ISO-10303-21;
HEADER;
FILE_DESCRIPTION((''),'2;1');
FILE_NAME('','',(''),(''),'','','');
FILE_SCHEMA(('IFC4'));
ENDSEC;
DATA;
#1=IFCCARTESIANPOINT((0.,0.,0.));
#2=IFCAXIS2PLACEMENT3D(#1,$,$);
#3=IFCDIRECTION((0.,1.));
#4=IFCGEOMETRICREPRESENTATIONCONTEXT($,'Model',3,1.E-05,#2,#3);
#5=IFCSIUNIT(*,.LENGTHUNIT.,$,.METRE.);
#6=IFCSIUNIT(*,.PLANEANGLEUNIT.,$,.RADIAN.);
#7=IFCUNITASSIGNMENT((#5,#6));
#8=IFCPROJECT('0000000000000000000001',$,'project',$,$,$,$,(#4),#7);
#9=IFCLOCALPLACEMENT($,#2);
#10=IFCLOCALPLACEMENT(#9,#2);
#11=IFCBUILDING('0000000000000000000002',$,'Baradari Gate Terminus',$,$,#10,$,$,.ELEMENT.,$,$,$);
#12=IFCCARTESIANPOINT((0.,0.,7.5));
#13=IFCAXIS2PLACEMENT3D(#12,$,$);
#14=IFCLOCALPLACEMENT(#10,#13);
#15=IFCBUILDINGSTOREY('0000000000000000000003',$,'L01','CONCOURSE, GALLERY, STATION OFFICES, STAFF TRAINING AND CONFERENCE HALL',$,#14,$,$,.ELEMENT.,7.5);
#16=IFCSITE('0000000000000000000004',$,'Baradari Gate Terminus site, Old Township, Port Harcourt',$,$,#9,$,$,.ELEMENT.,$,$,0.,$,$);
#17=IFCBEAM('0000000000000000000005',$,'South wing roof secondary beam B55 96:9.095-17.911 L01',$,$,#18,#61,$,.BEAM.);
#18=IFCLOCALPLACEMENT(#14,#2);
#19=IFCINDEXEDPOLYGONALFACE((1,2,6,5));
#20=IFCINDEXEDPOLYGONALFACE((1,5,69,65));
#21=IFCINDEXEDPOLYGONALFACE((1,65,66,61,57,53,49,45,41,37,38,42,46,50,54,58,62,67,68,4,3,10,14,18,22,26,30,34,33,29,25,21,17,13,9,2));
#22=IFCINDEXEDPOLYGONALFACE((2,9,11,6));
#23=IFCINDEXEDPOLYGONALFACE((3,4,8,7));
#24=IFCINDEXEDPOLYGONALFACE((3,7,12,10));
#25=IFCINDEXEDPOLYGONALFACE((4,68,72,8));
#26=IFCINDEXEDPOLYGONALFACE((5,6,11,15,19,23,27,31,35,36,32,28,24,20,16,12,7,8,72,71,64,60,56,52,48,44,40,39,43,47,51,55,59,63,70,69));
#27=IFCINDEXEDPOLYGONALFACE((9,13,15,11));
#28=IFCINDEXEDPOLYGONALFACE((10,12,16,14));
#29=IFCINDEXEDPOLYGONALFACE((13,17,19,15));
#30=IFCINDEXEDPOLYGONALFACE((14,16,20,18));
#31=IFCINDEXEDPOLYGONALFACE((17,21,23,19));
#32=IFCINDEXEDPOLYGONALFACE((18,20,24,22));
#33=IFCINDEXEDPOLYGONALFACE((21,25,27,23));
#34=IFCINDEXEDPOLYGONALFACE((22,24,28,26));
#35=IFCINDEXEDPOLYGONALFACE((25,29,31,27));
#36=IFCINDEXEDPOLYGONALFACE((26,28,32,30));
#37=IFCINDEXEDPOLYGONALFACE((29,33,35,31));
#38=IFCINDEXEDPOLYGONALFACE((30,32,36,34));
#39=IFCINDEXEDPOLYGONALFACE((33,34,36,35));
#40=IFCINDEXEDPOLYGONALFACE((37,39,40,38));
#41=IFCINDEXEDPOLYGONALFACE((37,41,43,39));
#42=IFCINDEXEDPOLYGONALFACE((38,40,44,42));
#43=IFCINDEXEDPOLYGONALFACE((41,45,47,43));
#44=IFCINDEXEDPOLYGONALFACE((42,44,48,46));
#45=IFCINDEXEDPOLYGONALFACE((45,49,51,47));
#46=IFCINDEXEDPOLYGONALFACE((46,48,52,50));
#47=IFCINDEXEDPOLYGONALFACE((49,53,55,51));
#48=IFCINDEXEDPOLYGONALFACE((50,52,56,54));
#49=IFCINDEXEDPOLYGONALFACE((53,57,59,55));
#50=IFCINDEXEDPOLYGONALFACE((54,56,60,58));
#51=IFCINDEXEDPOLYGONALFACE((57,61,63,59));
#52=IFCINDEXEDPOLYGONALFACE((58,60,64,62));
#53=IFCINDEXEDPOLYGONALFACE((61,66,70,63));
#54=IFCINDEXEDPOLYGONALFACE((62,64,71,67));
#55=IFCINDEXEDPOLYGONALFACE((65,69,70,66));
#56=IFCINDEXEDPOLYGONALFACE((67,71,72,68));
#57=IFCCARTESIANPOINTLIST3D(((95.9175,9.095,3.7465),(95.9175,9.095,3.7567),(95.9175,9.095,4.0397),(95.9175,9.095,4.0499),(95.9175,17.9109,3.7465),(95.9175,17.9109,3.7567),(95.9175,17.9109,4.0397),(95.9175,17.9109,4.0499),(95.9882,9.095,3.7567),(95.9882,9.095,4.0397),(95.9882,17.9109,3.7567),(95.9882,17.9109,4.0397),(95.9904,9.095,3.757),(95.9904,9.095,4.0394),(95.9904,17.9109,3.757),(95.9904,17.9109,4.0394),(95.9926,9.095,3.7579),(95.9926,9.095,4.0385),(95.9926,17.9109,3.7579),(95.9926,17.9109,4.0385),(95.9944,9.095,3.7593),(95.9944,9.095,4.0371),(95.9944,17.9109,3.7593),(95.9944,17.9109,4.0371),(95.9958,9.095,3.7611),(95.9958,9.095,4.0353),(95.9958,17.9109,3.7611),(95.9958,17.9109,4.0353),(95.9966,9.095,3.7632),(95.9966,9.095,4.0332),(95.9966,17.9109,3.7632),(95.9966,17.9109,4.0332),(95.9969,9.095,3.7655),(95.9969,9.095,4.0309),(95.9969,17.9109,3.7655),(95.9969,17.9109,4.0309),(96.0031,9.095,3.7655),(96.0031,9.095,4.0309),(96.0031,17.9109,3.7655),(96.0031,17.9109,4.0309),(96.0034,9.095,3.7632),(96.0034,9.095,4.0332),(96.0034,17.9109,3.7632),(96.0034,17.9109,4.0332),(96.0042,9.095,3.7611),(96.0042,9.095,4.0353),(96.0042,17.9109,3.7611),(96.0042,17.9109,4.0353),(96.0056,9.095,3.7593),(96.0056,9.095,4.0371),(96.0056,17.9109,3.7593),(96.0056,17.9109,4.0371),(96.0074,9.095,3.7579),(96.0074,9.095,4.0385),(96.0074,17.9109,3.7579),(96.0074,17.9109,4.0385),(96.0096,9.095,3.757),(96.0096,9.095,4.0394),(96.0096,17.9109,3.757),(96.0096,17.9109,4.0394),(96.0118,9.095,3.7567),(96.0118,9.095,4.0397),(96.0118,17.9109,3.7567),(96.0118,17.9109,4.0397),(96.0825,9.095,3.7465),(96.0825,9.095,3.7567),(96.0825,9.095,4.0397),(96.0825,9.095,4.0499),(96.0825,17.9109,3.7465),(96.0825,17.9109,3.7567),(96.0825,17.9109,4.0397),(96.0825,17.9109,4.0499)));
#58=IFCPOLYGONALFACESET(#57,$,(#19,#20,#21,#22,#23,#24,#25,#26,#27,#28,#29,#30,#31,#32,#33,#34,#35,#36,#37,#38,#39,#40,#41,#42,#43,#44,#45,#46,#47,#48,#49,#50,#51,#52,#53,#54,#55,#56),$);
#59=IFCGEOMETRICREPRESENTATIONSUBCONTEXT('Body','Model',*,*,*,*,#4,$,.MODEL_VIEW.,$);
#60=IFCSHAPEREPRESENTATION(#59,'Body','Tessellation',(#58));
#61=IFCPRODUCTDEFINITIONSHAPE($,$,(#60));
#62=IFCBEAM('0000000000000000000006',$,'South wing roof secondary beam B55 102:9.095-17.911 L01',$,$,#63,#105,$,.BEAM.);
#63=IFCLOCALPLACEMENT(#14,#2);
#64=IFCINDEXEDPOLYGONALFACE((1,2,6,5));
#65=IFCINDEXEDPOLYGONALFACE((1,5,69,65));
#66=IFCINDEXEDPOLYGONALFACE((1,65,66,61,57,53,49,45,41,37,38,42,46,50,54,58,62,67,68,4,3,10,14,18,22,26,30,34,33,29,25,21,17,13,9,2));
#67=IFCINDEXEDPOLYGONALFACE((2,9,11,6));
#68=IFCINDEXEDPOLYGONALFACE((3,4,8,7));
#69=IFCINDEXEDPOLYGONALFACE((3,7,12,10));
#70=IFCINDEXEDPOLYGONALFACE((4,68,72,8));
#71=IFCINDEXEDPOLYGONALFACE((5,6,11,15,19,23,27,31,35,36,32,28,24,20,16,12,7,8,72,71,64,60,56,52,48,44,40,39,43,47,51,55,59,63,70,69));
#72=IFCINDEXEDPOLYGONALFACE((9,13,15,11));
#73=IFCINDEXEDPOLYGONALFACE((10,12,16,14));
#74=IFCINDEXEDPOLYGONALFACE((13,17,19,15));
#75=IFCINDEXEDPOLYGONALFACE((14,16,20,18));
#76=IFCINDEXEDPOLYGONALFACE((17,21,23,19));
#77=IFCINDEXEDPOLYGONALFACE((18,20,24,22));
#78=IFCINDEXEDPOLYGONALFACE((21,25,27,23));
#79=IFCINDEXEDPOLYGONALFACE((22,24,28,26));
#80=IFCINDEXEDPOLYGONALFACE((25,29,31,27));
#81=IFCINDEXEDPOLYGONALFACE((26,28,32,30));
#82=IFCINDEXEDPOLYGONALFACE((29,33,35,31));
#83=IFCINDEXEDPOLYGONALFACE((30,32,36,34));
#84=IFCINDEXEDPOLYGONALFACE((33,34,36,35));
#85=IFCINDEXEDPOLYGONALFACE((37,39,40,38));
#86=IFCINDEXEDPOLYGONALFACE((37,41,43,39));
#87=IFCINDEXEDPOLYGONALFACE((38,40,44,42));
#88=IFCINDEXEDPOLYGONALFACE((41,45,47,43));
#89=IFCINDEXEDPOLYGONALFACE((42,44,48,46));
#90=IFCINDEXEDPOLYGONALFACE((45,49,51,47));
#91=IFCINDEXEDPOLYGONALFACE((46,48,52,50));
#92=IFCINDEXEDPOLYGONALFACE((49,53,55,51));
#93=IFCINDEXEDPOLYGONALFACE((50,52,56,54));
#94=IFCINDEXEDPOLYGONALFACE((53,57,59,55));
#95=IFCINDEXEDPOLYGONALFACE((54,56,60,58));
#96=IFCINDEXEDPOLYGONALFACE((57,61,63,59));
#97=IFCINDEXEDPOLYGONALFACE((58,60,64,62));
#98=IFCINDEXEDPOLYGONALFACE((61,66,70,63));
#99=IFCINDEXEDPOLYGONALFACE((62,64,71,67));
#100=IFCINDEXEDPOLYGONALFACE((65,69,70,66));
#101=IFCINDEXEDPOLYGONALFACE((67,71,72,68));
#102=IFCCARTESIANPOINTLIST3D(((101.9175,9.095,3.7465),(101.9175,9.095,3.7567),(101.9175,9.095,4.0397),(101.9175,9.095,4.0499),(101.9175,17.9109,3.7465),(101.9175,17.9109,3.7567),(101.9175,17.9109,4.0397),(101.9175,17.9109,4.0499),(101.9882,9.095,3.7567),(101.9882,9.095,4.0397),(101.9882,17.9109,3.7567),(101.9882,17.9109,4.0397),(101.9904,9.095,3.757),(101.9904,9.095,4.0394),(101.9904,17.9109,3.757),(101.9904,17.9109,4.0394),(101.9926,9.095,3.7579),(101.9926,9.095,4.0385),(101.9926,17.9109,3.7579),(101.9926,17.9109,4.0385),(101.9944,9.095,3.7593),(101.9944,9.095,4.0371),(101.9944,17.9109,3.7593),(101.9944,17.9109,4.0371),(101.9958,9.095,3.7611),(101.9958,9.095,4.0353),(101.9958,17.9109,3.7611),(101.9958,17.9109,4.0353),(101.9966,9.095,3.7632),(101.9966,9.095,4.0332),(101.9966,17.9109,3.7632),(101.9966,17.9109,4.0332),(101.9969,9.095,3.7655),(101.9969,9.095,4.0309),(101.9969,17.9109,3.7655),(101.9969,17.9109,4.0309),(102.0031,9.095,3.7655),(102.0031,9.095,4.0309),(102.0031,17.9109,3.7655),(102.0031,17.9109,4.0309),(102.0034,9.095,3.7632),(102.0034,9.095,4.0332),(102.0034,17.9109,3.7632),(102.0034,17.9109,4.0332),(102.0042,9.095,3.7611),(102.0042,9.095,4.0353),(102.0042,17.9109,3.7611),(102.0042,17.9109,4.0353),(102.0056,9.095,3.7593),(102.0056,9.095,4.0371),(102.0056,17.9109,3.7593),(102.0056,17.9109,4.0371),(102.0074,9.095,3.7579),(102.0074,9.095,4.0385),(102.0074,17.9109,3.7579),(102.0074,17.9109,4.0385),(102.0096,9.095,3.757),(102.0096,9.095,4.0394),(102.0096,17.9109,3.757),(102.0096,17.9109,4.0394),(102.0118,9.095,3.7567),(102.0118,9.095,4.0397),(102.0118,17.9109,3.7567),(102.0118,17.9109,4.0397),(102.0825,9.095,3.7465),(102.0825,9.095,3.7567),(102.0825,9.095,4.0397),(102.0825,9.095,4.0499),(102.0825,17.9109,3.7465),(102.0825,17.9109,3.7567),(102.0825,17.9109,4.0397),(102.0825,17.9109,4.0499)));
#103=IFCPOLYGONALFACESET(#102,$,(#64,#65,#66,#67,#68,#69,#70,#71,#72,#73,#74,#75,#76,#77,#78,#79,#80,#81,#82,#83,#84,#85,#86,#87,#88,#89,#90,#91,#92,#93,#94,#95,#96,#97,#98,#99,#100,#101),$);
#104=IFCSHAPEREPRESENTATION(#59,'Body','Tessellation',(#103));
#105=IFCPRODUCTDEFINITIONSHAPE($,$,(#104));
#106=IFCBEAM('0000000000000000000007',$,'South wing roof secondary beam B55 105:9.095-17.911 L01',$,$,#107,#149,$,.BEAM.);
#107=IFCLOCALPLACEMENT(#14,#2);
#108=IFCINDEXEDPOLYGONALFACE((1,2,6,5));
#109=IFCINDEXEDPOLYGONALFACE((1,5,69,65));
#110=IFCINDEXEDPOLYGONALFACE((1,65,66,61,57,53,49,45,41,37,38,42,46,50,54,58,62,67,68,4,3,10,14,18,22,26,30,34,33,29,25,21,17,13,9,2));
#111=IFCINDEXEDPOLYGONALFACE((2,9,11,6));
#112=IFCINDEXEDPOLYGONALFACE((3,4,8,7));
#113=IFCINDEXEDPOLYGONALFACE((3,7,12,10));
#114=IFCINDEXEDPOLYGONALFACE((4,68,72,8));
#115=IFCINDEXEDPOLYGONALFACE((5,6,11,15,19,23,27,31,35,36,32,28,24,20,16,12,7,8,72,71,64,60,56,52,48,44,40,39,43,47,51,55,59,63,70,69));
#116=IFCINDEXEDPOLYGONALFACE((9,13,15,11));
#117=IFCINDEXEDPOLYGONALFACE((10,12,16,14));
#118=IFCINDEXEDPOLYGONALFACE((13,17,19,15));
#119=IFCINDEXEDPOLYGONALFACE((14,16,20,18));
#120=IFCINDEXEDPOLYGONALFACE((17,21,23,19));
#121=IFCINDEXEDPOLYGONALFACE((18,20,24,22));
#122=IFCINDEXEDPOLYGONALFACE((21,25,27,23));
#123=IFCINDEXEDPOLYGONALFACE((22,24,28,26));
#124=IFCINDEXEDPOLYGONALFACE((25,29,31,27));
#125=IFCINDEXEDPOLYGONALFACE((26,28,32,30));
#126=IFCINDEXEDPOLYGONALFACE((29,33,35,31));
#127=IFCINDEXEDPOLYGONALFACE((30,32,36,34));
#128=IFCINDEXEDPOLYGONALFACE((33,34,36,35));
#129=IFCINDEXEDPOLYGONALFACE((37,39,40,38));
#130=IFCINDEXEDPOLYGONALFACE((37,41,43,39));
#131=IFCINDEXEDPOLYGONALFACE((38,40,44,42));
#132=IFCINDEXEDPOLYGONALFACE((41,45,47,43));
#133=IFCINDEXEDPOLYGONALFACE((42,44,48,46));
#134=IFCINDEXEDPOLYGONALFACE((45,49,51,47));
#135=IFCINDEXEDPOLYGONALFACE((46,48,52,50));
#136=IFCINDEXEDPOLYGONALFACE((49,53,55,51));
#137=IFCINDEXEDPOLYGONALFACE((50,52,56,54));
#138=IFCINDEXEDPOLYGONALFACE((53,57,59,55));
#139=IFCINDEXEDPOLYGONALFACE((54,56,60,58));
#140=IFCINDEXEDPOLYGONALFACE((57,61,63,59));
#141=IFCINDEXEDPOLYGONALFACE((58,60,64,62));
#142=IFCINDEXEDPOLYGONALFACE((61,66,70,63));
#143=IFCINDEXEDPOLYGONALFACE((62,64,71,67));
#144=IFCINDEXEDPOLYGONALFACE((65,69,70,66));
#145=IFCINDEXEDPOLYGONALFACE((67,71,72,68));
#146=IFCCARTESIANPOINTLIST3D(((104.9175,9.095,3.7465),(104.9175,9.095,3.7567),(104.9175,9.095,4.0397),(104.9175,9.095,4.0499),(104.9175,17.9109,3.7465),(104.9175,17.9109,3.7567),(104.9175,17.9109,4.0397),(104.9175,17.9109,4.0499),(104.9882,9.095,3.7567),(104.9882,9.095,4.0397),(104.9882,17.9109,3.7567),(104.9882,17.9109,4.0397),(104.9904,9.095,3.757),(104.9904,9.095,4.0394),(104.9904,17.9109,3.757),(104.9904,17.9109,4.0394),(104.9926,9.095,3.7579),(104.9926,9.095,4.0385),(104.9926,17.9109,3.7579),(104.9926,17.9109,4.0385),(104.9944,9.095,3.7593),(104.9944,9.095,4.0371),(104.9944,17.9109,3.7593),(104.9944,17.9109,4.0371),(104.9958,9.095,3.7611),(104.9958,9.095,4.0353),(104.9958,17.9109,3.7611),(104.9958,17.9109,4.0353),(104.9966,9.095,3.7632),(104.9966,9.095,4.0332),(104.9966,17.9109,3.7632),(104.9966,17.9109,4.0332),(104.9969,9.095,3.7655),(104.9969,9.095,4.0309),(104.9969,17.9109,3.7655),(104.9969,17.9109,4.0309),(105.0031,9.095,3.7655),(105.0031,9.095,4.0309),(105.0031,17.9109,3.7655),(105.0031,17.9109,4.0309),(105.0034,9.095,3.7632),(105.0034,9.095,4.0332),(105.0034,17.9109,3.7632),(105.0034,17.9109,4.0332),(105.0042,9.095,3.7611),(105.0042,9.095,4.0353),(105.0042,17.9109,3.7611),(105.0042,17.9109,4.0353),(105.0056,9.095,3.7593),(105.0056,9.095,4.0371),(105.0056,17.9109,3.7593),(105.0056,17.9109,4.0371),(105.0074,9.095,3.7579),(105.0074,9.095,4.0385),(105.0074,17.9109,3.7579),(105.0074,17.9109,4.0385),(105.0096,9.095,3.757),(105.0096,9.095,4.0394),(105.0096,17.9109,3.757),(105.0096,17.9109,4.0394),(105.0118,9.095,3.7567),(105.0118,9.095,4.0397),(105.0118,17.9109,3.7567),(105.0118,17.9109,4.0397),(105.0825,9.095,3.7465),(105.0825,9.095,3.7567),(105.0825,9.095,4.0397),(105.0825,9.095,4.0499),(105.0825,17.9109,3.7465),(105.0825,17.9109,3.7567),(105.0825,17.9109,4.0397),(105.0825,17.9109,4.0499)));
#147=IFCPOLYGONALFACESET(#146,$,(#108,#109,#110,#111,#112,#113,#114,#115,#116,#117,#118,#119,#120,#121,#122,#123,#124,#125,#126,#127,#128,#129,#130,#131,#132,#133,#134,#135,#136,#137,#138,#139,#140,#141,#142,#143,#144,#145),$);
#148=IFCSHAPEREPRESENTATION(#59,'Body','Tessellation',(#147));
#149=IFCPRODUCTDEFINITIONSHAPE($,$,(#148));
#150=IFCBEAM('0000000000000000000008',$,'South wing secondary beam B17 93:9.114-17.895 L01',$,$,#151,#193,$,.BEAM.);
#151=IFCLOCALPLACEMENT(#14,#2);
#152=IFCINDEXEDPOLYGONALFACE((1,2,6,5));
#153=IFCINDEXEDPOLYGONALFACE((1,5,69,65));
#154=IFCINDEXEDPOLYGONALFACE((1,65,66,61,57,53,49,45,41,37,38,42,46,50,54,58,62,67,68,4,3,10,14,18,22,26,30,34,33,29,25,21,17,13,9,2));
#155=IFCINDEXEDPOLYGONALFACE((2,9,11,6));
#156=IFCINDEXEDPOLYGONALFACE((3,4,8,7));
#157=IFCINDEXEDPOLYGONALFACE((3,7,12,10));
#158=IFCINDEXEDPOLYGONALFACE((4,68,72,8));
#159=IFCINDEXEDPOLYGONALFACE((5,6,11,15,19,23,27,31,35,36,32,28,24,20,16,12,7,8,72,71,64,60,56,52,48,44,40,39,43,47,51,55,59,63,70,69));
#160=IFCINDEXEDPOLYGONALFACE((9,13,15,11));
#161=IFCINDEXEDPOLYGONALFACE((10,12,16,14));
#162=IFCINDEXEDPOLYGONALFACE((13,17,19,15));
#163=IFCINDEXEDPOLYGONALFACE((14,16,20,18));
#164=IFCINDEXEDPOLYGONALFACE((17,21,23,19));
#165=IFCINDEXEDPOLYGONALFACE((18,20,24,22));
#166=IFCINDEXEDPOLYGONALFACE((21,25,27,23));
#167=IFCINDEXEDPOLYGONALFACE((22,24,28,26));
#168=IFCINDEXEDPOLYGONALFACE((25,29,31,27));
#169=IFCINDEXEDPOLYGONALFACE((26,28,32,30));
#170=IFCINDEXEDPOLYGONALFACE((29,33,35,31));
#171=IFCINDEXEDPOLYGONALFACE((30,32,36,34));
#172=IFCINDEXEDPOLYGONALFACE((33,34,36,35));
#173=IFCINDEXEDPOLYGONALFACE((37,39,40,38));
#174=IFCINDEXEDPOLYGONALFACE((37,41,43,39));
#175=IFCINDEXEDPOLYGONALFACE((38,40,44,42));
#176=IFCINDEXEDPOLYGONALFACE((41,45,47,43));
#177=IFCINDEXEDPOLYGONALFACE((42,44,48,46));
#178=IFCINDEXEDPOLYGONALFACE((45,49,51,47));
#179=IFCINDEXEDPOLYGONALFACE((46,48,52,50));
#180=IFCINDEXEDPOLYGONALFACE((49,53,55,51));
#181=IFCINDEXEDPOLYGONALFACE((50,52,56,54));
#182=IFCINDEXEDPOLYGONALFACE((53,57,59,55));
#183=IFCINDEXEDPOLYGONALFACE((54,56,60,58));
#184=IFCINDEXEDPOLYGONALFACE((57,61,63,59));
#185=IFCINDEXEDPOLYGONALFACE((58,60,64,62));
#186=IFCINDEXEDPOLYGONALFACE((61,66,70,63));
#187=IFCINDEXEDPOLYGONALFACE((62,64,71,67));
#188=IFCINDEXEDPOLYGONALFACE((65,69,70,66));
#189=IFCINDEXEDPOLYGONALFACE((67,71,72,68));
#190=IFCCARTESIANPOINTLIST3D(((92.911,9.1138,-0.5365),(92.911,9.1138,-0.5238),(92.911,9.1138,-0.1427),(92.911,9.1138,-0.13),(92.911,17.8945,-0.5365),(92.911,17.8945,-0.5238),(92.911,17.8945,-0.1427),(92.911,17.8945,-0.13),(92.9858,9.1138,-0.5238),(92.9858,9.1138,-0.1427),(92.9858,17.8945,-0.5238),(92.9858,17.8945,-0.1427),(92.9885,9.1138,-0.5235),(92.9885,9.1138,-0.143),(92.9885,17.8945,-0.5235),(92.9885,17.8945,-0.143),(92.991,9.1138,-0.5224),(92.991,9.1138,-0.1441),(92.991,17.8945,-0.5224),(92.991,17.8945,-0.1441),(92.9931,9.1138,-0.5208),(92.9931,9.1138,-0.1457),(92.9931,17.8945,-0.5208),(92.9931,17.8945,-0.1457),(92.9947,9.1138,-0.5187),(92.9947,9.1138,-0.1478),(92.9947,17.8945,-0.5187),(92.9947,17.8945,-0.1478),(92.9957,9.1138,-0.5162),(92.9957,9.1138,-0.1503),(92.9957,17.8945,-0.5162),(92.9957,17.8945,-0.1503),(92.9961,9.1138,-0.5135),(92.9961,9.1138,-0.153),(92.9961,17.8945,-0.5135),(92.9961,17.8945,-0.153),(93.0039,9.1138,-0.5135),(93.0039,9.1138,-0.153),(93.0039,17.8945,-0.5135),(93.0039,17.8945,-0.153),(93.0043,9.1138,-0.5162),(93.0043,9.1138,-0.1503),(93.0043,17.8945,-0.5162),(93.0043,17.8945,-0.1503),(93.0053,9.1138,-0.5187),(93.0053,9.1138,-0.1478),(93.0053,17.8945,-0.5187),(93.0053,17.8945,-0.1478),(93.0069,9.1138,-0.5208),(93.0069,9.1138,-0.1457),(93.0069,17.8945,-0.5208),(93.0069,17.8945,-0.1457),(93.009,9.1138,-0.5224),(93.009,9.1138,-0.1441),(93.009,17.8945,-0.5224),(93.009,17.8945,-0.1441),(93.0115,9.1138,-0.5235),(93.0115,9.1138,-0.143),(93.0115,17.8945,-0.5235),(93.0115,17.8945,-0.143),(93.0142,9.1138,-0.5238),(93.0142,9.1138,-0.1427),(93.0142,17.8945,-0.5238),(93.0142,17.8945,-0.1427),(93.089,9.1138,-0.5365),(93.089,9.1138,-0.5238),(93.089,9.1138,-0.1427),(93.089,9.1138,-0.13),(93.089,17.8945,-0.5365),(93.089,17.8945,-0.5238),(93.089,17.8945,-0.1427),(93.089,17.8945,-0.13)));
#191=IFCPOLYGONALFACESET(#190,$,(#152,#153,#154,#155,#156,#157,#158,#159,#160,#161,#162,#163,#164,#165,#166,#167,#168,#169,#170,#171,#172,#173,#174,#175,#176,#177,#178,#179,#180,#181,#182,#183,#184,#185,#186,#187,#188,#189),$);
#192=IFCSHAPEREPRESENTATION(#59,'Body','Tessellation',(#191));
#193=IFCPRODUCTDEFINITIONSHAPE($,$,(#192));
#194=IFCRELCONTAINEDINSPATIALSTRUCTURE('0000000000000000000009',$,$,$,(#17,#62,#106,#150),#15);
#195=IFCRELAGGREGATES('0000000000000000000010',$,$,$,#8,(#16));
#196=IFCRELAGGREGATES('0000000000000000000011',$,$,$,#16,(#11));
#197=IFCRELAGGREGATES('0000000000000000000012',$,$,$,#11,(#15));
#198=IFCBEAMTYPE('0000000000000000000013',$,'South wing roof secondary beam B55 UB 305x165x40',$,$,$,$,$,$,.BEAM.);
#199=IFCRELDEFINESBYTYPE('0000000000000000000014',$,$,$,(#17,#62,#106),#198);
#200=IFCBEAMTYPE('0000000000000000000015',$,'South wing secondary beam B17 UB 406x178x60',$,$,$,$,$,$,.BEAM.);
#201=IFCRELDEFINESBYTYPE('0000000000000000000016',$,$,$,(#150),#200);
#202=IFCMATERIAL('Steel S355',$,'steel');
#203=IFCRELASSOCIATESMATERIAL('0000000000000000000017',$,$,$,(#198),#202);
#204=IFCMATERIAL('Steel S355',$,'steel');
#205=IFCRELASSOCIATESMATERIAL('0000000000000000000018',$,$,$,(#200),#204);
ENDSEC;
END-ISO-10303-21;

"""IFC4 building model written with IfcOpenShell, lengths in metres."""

from ifc_helpers import new_model, si_unit, direction, frame, origin, origin_2d, place, context, subcontext, project, spatial, i_section, extrude, material, material_profile, profile_set, type_object, element, save


model = new_model("IFC4")

# Units and contexts
model_context = context("Model", 3, precision=1e-05, world=origin(), true_north=direction((0.0, 1.0)))
body_context = subcontext(model_context, "Body", "Model", "MODEL_VIEW")
ifc_project = project(units=[si_unit("LENGTHUNIT", "METRE"), si_unit("PLANEANGLEUNIT", "RADIAN")], contexts=[model_context])

# Site, building, storey
site_placement = place(None, origin())
site = spatial("IfcSite", under=ifc_project, at=site_placement, Name="Baradari Gate Terminus site, Old Township, Port Harcourt", CompositionType="ELEMENT", RefElevation=0.0)
building_placement = place(site_placement, origin())
building = spatial("IfcBuilding", under=site, at=building_placement, Name="Baradari Gate Terminus", CompositionType="ELEMENT")
storey_placement = place(building_placement, frame((0.0, 0.0, 7.5)))
storey = spatial("IfcBuildingStorey", under=building, at=storey_placement, Name="L01", Description="CONCOURSE, GALLERY, STATION OFFICES, STAFF TRAINING AND CONFERENCE HALL", CompositionType="ELEMENT", Elevation=7.5)

# Beams
ifc_material_1 = material(Name="Steel S355", Category="steel")
ifc_material_profile_1 = material_profile(ifc_material_1, i_section(OverallWidth=0.165, OverallDepth=0.3035, WebThickness=0.0061, FlangeThickness=0.0103, FilletRadius=0.0088, at=origin_2d()), Name="UB 305x165x40")
ifc_profile_set_1 = profile_set([ifc_material_profile_1], Name="Steel S355")
beam_type_1 = type_object("IfcBeamType", Name="South wing roof secondary beam B55 UB 305x165x40", PredefinedType="BEAM", material=ifc_profile_set_1)
for number, where, z_axis, x_axis, name in (
    (1, (96.0, 9.095, 3.8982), (0.0, 1.0, 0.0), (-1.0, 0.0, 0.0), "South wing roof secondary beam B55 96:9.095-17.911 L01"),
    (2, (102.0, 9.095, 3.8982), (0.0, 1.0, 0.0), (-1.0, 0.0, 0.0), "South wing roof secondary beam B55 102:9.095-17.911 L01"),
    (3, (105.0, 9.095, 3.8982), (0.0, 1.0, 0.0), (-1.0, 0.0, 0.0), "South wing roof secondary beam B55 105:9.095-17.911 L01"),
):
    element("IfcBeam", number, at=place(storey_placement, frame(where, z_axis=z_axis, x_axis=x_axis)), inside=storey, type_object=beam_type_1, Name=name, PredefinedType="BEAM", context=body_context, shape_type="SweptSolid", body=[
        extrude(i_section(OverallWidth=0.165, OverallDepth=0.3035, WebThickness=0.0061, FlangeThickness=0.0103, FilletRadius=0.0088, at=origin_2d()), origin(), (0.0, 0.0, 1.0), 8.8159),
    ])
ifc_material_2 = material(Name="Steel S355", Category="steel")
ifc_material_profile_2 = material_profile(ifc_material_2, i_section(OverallWidth=0.178, OverallDepth=0.4065, WebThickness=0.0078, FlangeThickness=0.0127, FilletRadius=0.0103, at=origin_2d()), Name="UB 406x178x60")
ifc_profile_set_2 = profile_set([ifc_material_profile_2], Name="Steel S355")
beam_type_2 = type_object("IfcBeamType", Name="South wing secondary beam B17 UB 406x178x60", PredefinedType="BEAM", material=ifc_profile_set_2)
for number, where, z_axis, x_axis, name in (
    (4, (93.0, 9.1138, -0.3333), (0.0, 1.0, 0.0), (-1.0, 0.0, 0.0), "South wing secondary beam B17 93:9.114-17.895 L01"),
):
    element("IfcBeam", number, at=place(storey_placement, frame(where, z_axis=z_axis, x_axis=x_axis)), inside=storey, type_object=beam_type_2, Name=name, PredefinedType="BEAM", context=body_context, shape_type="SweptSolid", body=[
        extrude(i_section(OverallWidth=0.178, OverallDepth=0.4065, WebThickness=0.0078, FlangeThickness=0.0127, FilletRadius=0.0103, at=origin_2d()), origin(), (0.0, 0.0, 1.0), 8.7808),
    ])

save(model, "model.ifc")
